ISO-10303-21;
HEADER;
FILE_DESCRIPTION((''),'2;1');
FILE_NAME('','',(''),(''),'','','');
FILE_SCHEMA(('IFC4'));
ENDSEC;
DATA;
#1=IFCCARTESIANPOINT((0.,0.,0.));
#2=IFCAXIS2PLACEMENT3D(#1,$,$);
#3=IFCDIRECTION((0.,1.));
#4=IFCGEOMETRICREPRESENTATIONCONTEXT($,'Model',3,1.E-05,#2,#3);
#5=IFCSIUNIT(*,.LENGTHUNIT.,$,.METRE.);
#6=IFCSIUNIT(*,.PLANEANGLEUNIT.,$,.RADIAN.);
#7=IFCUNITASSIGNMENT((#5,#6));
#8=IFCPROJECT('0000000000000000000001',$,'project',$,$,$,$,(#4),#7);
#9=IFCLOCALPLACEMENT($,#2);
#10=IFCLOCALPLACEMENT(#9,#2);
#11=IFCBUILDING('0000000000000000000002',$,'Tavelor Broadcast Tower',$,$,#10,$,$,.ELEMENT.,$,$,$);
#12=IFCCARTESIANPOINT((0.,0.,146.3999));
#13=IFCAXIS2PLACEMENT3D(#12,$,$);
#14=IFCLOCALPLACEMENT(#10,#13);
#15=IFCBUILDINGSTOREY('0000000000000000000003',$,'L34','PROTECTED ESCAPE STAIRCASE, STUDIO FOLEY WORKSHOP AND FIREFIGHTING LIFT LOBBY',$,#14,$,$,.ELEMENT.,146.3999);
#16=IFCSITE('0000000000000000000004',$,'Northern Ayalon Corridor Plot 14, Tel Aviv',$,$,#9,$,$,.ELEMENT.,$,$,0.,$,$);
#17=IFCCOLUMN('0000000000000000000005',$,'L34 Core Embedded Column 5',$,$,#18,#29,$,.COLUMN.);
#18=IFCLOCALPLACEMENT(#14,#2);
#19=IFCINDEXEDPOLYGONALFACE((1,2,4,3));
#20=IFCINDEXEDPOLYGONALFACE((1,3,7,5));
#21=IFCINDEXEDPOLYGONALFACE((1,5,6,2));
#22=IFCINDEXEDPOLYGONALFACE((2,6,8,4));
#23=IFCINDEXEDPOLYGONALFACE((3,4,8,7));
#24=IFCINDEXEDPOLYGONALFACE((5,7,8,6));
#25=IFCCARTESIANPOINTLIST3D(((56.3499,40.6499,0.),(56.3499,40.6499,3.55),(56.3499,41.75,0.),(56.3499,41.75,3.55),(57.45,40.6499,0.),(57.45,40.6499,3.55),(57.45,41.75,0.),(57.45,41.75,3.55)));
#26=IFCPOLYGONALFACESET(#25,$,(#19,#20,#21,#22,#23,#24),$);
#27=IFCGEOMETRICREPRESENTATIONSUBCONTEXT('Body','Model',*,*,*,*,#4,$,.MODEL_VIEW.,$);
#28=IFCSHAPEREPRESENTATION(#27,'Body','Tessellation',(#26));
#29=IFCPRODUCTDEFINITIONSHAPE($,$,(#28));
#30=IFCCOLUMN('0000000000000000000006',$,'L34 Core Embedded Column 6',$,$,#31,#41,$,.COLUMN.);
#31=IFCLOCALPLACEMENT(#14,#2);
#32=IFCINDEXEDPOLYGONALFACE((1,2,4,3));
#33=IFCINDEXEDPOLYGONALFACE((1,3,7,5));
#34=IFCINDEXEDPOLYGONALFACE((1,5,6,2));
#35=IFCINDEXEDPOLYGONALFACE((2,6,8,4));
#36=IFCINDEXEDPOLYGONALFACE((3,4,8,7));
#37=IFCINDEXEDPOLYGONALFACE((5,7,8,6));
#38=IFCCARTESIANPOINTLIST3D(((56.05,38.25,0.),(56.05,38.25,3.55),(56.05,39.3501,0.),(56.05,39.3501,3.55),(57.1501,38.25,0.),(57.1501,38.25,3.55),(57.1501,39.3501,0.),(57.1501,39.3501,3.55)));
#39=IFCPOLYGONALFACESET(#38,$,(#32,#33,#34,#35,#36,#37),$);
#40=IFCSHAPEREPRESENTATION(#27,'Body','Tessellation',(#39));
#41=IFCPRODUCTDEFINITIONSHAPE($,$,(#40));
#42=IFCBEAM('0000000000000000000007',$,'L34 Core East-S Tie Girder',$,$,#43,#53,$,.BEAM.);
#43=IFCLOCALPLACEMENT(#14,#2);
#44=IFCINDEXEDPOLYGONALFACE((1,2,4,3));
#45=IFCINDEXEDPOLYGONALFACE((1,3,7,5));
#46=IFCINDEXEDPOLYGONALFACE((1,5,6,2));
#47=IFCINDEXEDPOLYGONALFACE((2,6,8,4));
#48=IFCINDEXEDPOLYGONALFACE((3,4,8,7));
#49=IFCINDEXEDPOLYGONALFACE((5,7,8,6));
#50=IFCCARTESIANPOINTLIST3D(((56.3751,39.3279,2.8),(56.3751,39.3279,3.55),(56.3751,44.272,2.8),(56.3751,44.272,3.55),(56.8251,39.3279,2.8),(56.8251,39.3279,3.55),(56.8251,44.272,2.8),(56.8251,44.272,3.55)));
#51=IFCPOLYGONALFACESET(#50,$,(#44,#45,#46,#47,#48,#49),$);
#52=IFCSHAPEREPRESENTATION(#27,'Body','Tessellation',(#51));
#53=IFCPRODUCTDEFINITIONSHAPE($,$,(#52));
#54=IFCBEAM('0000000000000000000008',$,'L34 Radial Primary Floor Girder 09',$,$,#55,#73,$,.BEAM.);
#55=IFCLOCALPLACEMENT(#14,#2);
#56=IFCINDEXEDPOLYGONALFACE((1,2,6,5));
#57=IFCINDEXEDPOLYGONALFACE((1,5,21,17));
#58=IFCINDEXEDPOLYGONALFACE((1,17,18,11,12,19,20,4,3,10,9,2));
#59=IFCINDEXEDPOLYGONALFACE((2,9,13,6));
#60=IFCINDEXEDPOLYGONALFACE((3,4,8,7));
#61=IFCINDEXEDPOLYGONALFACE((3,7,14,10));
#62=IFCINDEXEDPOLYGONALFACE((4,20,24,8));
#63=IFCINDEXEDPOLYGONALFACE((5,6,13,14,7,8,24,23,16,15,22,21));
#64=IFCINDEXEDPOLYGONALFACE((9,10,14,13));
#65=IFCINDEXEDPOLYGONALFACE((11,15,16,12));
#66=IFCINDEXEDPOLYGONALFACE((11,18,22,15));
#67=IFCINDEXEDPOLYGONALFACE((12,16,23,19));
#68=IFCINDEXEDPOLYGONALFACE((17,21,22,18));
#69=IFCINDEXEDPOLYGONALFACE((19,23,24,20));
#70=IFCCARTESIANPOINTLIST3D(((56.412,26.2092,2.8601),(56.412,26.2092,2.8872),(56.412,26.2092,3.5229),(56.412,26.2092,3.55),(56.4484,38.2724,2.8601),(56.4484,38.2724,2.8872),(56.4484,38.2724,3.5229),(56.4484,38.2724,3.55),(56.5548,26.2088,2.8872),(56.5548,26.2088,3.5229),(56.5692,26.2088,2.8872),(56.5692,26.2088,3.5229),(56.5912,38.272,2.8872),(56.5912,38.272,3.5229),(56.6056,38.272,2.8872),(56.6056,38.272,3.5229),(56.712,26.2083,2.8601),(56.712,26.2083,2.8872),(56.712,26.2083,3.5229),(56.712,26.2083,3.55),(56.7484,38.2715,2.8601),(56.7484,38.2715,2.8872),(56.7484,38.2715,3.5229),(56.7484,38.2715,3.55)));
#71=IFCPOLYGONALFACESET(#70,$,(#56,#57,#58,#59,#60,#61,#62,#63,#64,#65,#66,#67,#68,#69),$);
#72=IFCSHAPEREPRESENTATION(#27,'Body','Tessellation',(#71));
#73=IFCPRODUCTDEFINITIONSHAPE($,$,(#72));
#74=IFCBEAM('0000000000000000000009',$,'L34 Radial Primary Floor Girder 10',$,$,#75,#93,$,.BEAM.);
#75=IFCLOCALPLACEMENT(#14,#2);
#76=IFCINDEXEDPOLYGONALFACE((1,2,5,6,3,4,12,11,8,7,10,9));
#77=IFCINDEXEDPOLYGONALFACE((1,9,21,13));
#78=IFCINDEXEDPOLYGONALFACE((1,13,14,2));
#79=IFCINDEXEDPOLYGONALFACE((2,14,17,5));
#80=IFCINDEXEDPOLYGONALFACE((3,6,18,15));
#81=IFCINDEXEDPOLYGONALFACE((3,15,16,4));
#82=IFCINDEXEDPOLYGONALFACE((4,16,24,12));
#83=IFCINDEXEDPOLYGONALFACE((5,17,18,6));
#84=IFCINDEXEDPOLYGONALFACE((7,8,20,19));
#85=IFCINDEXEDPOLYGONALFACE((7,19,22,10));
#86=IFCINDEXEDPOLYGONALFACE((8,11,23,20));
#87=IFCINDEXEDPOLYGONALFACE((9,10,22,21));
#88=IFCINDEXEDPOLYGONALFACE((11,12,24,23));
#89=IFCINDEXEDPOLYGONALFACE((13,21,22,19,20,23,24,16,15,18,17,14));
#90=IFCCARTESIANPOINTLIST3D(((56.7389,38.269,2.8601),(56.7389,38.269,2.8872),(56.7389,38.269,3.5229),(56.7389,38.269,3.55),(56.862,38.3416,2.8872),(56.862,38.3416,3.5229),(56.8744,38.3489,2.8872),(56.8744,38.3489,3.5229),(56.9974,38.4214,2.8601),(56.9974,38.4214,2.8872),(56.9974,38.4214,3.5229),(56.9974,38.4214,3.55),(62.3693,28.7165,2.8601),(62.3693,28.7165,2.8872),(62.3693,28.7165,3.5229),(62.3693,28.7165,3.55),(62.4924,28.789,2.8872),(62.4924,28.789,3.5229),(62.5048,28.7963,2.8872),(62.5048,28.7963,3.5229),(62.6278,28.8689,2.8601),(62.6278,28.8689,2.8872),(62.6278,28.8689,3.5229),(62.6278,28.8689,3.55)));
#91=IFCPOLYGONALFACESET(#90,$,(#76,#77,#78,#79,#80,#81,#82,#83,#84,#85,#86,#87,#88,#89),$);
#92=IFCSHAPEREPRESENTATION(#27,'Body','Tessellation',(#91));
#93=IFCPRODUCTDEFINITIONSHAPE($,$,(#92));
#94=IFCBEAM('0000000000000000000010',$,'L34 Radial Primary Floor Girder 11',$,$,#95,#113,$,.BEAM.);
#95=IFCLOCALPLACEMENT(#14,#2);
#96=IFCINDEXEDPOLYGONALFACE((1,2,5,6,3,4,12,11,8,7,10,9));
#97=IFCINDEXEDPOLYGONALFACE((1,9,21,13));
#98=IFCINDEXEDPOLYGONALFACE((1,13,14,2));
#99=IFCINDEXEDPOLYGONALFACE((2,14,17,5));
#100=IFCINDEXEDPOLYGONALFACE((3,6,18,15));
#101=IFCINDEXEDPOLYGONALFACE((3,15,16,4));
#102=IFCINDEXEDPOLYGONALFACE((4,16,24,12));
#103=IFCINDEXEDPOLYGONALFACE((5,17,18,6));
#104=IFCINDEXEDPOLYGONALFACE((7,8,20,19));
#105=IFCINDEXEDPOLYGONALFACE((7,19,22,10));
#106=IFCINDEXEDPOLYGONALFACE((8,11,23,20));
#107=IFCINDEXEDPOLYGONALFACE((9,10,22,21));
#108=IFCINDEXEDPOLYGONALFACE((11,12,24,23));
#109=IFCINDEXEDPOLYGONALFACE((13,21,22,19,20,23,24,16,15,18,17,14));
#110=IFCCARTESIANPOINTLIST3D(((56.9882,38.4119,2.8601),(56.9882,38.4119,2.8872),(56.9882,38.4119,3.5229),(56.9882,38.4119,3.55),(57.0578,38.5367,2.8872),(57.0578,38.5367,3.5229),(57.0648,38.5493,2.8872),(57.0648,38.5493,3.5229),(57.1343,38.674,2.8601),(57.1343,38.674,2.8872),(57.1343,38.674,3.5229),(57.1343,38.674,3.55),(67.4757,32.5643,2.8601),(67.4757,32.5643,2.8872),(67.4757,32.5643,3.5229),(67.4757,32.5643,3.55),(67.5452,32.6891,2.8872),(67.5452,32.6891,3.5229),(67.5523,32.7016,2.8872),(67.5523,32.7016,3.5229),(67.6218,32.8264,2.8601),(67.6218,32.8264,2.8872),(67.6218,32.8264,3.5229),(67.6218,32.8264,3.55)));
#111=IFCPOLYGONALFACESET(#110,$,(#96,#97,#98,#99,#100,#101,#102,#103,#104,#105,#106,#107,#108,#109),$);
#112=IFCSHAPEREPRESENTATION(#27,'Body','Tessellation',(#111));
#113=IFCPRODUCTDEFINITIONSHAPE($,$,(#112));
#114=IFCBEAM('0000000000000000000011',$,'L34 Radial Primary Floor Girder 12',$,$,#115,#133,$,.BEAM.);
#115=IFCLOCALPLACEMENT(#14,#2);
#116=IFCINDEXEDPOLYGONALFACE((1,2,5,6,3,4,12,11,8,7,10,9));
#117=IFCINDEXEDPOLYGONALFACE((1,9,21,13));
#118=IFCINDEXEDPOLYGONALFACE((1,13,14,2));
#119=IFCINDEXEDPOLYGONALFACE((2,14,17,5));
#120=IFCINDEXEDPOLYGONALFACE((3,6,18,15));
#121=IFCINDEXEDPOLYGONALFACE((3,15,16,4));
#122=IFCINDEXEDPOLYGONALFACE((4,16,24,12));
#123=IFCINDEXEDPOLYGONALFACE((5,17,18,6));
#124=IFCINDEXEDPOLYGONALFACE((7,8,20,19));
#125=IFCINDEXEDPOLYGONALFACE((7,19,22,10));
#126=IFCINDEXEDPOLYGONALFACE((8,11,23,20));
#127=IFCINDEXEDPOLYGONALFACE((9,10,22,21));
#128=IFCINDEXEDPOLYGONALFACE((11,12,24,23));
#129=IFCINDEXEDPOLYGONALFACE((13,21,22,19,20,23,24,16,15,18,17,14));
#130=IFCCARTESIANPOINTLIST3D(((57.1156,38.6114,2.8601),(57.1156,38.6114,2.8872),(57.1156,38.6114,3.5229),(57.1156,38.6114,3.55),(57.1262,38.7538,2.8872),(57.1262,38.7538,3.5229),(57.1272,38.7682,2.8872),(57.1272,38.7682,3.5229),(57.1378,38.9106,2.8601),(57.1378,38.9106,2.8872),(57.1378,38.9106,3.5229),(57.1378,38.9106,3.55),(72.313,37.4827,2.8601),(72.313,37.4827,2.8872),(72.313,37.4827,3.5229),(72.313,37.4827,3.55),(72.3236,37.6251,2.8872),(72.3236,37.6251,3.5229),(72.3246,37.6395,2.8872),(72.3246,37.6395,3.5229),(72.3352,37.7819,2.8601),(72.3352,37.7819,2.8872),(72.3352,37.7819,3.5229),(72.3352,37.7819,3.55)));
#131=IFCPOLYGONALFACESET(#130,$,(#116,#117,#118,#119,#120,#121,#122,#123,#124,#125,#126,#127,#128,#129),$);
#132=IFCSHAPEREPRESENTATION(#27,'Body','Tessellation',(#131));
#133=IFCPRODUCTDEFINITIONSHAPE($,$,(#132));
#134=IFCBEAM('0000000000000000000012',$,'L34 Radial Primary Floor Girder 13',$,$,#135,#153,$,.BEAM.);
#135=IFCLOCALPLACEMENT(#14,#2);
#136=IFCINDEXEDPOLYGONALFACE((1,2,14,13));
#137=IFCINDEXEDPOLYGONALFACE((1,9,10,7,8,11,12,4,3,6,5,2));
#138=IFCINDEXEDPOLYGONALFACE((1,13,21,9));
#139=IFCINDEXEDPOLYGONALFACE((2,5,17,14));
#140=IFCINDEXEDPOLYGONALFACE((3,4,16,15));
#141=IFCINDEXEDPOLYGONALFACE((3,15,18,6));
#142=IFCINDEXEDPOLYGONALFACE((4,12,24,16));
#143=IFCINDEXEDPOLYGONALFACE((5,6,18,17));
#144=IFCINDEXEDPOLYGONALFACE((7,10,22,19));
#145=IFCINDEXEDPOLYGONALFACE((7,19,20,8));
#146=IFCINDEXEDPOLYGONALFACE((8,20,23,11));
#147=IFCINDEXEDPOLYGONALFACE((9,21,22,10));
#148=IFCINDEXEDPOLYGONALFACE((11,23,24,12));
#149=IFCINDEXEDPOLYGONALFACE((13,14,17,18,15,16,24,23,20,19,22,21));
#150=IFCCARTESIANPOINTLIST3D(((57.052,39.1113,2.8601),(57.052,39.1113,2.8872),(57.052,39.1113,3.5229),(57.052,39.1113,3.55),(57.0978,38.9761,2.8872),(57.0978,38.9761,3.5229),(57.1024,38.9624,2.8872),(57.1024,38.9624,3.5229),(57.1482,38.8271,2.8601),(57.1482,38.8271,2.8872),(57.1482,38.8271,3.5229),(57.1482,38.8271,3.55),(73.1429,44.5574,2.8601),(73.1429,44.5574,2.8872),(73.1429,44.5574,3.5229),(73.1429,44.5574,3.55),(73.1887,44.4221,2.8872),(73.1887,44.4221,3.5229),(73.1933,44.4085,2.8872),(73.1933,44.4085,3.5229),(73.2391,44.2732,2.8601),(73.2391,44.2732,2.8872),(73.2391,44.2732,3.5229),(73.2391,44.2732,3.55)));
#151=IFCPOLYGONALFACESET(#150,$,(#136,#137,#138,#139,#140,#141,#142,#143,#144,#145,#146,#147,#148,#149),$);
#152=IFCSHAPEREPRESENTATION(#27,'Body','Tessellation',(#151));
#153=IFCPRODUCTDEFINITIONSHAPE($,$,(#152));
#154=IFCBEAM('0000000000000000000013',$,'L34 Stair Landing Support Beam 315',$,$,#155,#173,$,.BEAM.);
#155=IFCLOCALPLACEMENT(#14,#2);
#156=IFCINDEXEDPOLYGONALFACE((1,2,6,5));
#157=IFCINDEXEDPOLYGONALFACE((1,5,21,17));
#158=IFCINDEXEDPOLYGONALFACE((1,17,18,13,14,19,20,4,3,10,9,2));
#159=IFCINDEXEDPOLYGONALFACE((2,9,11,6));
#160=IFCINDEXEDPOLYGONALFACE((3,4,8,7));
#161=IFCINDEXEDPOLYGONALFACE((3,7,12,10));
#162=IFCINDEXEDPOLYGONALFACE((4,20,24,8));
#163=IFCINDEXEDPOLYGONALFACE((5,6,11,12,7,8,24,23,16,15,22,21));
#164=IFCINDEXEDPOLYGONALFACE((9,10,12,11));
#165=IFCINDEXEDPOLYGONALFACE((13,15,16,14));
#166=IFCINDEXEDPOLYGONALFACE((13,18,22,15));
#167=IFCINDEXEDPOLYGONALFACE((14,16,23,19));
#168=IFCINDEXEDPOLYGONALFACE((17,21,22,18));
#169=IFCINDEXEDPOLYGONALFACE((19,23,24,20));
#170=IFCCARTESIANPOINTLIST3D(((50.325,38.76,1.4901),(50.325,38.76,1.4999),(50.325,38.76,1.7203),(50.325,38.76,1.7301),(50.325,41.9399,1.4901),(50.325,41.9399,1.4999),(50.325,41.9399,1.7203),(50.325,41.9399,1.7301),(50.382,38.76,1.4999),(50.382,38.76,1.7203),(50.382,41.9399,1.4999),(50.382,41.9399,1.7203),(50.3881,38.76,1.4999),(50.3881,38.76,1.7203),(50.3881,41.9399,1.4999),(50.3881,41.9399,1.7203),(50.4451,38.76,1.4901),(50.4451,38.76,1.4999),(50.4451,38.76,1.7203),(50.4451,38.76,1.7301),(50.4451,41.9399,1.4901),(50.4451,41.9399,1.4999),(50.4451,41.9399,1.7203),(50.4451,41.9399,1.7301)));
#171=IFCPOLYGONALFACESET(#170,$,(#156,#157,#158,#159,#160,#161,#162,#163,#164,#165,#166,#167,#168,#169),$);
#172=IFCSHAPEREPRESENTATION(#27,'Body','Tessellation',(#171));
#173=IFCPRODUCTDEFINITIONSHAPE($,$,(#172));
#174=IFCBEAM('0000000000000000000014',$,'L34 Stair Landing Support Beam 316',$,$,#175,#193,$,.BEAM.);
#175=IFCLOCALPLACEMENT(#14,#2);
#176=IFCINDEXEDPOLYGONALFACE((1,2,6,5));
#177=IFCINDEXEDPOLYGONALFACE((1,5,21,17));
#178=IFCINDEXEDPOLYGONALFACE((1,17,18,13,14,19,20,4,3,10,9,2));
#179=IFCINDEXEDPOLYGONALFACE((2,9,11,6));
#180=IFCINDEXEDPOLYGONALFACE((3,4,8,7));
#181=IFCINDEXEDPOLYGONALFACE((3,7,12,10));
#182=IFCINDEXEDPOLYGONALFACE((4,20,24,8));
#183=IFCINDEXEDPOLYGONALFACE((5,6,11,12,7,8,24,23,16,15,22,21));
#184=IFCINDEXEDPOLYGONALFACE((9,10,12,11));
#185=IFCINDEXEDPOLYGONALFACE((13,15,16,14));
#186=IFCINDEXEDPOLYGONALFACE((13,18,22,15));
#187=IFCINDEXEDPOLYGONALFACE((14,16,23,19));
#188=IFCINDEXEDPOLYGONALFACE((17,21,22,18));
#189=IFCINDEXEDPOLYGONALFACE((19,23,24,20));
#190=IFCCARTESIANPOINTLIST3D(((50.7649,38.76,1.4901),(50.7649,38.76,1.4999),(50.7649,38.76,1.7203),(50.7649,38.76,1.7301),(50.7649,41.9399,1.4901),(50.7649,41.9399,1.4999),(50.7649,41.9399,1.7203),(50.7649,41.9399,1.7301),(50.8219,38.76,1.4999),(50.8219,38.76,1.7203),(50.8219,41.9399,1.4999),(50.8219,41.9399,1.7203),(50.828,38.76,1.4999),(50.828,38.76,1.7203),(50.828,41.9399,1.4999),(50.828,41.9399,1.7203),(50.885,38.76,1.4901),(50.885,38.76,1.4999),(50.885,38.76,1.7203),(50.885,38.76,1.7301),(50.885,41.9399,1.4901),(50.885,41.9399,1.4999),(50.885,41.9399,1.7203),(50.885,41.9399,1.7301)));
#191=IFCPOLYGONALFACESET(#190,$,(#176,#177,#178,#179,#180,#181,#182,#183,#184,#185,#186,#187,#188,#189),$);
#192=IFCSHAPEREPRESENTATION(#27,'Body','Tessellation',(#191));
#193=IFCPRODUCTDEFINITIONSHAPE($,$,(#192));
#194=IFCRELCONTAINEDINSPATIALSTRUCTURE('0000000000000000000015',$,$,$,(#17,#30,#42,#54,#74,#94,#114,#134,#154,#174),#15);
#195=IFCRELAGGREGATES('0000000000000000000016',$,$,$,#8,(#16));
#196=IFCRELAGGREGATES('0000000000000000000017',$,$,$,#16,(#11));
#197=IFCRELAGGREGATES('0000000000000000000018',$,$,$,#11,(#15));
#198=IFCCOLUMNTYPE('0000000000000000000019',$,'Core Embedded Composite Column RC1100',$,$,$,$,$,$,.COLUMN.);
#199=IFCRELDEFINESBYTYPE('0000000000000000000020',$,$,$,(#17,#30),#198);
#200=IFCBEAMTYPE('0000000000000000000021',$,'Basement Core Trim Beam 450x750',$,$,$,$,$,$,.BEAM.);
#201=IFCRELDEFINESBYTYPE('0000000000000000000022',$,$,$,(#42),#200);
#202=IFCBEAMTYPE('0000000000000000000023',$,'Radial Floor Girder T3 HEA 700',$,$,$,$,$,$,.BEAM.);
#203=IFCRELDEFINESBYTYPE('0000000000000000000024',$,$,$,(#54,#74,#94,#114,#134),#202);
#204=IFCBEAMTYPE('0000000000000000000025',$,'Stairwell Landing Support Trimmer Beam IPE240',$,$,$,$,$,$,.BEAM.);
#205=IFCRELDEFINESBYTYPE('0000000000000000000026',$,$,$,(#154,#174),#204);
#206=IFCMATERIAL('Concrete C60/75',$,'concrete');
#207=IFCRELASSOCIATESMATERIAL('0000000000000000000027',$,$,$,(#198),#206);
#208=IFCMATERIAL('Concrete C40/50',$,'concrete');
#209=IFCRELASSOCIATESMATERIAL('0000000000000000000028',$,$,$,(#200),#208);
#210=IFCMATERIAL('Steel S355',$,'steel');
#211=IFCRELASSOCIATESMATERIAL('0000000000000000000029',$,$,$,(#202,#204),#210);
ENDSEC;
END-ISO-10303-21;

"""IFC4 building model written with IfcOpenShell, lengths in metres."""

from ifc_helpers import new_model, si_unit, direction, frame, origin, origin_2d, place, context, subcontext, project, spatial, rectangle, i_section, extrude, material, material_profile, profile_set, type_object, element, save


model = new_model("IFC4")

# Units and contexts
model_context = context("Model", 3, precision=1e-05, world=origin(), true_north=direction((0.0, 1.0)))
body_context = subcontext(model_context, "Body", "Model", "MODEL_VIEW")
ifc_project = project(units=[si_unit("LENGTHUNIT", "METRE"), si_unit("PLANEANGLEUNIT", "RADIAN")], contexts=[model_context])

# Site, building, storey
site_placement = place(None, origin())
site = spatial("IfcSite", under=ifc_project, at=site_placement, Name="Northern Ayalon Corridor Plot 14, Tel Aviv", CompositionType="ELEMENT", RefElevation=0.0)
building_placement = place(site_placement, origin())
building = spatial("IfcBuilding", under=site, at=building_placement, Name="Tavelor Broadcast Tower", CompositionType="ELEMENT")
storey_placement = place(building_placement, frame((0.0, 0.0, 146.3999)))
storey = spatial("IfcBuildingStorey", under=building, at=storey_placement, Name="L34", Description="PROTECTED ESCAPE STAIRCASE, STUDIO FOLEY WORKSHOP AND FIREFIGHTING LIFT LOBBY", CompositionType="ELEMENT", Elevation=146.3999)

# Columns
ifc_material_1 = material(Name="Concrete C60/75", Category="concrete")
ifc_material_profile_1 = material_profile(ifc_material_1, rectangle(XDim=1.1001, YDim=1.1001, at=origin_2d()), Name="RC 1100x1100")
ifc_profile_set_1 = profile_set([ifc_material_profile_1], Name="Concrete C60/75")
column_type = type_object("IfcColumnType", Name="Core Embedded Composite Column RC1100", PredefinedType="COLUMN", material=ifc_profile_set_1)
for number, where, z_axis, x_axis, name in (
    (1, (56.8999, 41.2, 0.0), (0.0, 0.0, 1.0), (1.0, 0.0, 0.0), "L34 Core Embedded Column 5"),
    (2, (56.6001, 38.8, 0.0), (0.0, 0.0, 1.0), (1.0, 0.0, 0.0), "L34 Core Embedded Column 6"),
):
    element("IfcColumn", number, at=place(storey_placement, frame(where, z_axis=z_axis, x_axis=x_axis)), inside=storey, type_object=column_type, Name=name, PredefinedType="COLUMN", context=body_context, shape_type="SweptSolid", body=[
        extrude(rectangle(XDim=1.1001, YDim=1.1001, at=origin_2d()), origin(), (0.0, 0.0, 1.0), 3.55),
    ])

# Beams
ifc_material_2 = material(Name="Concrete C40/50", Category="concrete")
ifc_material_profile_2 = material_profile(ifc_material_2, rectangle(XDim=0.45, YDim=0.75, at=origin_2d()), Name="RC 450x750")
ifc_profile_set_2 = profile_set([ifc_material_profile_2], Name="Concrete C40/50")
beam_type_1 = type_object("IfcBeamType", Name="Basement Core Trim Beam 450x750", PredefinedType="BEAM", material=ifc_profile_set_2)
beam_1_placement = place(storey_placement, frame((56.6001, 39.3279, 3.175), z_axis=(0.0, 1.0, 0.0), x_axis=(-1.0, 0.0, 0.0)))
element("IfcBeam", 3, at=beam_1_placement, inside=storey, type_object=beam_type_1, Name="L34 Core East-S Tie Girder", PredefinedType="BEAM", context=body_context, shape_type="SweptSolid", body=[
    extrude(rectangle(XDim=0.45, YDim=0.75, at=origin_2d()), origin(), (0.0, 0.0, 1.0), 4.9441),
])
ifc_material_3 = material(Name="Steel S355", Category="steel")
ifc_material_profile_3 = material_profile(ifc_material_3, i_section(OverallWidth=0.3, OverallDepth=0.6899, WebThickness=0.0144, FlangeThickness=0.0271, at=origin_2d()), Name="HEA 700")
ifc_profile_set_3 = profile_set([ifc_material_profile_3], Name="Steel S355")
beam_type_2 = type_object("IfcBeamType", Name="Radial Floor Girder T3 HEA 700", PredefinedType="BEAM", material=ifc_profile_set_3)
beam_2_placement = place(storey_placement, frame((56.5984, 38.272, 3.2051), z_axis=(-0.003016, -0.999995, 0.0), x_axis=(0.999995, -0.003016, 0.0)))
element("IfcBeam", 4, at=beam_2_placement, inside=storey, type_object=beam_type_2, Name="L34 Radial Primary Floor Girder 09", PredefinedType="BEAM", context=body_context, shape_type="SweptSolid", body=[
    extrude(i_section(OverallWidth=0.3, OverallDepth=0.6899, WebThickness=0.0144, FlangeThickness=0.0271, at=origin_2d()), origin(), (0.0, 0.0, 1.0), 12.0632),
])
beam_3_placement = place(storey_placement, frame((56.8682, 38.3452, 3.2051), z_axis=(0.507774, -0.86149, 0.0), x_axis=(0.86149, 0.507774, 0.0)))
element("IfcBeam", 5, at=beam_3_placement, inside=storey, type_object=beam_type_2, Name="L34 Radial Primary Floor Girder 10", PredefinedType="BEAM", context=body_context, shape_type="SweptSolid", body=[
    extrude(i_section(OverallWidth=0.3, OverallDepth=0.6899, WebThickness=0.0144, FlangeThickness=0.0271, at=origin_2d()), origin(), (0.0, 0.0, 1.0), 11.0884),
])
beam_4_placement = place(storey_placement, frame((57.0613, 38.543, 3.2051), z_axis=(0.873405, -0.486994, 0.0), x_axis=(0.486994, 0.873405, 0.0)))
element("IfcBeam", 6, at=beam_4_placement, inside=storey, type_object=beam_type_2, Name="L34 Radial Primary Floor Girder 11", PredefinedType="BEAM", context=body_context, shape_type="SweptSolid", body=[
    extrude(i_section(OverallWidth=0.3, OverallDepth=0.6899, WebThickness=0.0144, FlangeThickness=0.0271, at=origin_2d()), origin(), (0.0, 0.0, 1.0), 12.0076),
])
beam_5_placement = place(storey_placement, frame((57.1267, 38.761, 3.2051), z_axis=(0.997254, -0.074062, 0.0), x_axis=(0.074062, 0.997254, 0.0)))
element("IfcBeam", 7, at=beam_5_placement, inside=storey, type_object=beam_type_2, Name="L34 Radial Primary Floor Girder 12", PredefinedType="BEAM", context=body_context, shape_type="SweptSolid", body=[
    extrude(i_section(OverallWidth=0.3, OverallDepth=0.6899, WebThickness=0.0144, FlangeThickness=0.0271, at=origin_2d()), origin(), (0.0, 0.0, 1.0), 15.2393),
])
beam_6_placement = place(storey_placement, frame((57.1001, 38.9692, 3.2051), z_axis=(0.947217, 0.320592, 0.0), x_axis=(-0.320592, 0.947217, 0.0)))
element("IfcBeam", 8, at=beam_6_placement, inside=storey, type_object=beam_type_2, Name="L34 Radial Primary Floor Girder 13", PredefinedType="BEAM", context=body_context, shape_type="SweptSolid", body=[
    extrude(i_section(OverallWidth=0.3, OverallDepth=0.6899, WebThickness=0.0144, FlangeThickness=0.0271, at=origin_2d()), origin(), (0.0, 0.0, 1.0), 16.9875),
])
ifc_material_profile_4 = material_profile(ifc_material_3, i_section(OverallWidth=0.1201, OverallDepth=0.24, WebThickness=0.0061, FlangeThickness=0.0098, at=origin_2d()), Name="IPE 240")
ifc_profile_set_4 = profile_set([ifc_material_profile_4], Name="Steel S355")
beam_type_3 = type_object("IfcBeamType", Name="Stairwell Landing Support Trimmer Beam IPE240", PredefinedType="BEAM", material=ifc_profile_set_4)
for number, where, z_axis, x_axis, name in (
    (9, (50.385, 38.76, 1.6101), (0.0, 1.0, 0.0), (-1.0, 0.0, 0.0), "L34 Stair Landing Support Beam 315"),
    (10, (50.825, 38.76, 1.6101), (0.0, 1.0, 0.0), (-1.0, 0.0, 0.0), "L34 Stair Landing Support Beam 316"),
):
    element("IfcBeam", number, at=place(storey_placement, frame(where, z_axis=z_axis, x_axis=x_axis)), inside=storey, type_object=beam_type_3, Name=name, PredefinedType="BEAM", context=body_context, shape_type="SweptSolid", body=[
        extrude(i_section(OverallWidth=0.1201, OverallDepth=0.24, WebThickness=0.0061, FlangeThickness=0.0098, at=origin_2d()), origin(), (0.0, 0.0, 1.0), 3.1799),
    ])

save(model, "model.ifc")
